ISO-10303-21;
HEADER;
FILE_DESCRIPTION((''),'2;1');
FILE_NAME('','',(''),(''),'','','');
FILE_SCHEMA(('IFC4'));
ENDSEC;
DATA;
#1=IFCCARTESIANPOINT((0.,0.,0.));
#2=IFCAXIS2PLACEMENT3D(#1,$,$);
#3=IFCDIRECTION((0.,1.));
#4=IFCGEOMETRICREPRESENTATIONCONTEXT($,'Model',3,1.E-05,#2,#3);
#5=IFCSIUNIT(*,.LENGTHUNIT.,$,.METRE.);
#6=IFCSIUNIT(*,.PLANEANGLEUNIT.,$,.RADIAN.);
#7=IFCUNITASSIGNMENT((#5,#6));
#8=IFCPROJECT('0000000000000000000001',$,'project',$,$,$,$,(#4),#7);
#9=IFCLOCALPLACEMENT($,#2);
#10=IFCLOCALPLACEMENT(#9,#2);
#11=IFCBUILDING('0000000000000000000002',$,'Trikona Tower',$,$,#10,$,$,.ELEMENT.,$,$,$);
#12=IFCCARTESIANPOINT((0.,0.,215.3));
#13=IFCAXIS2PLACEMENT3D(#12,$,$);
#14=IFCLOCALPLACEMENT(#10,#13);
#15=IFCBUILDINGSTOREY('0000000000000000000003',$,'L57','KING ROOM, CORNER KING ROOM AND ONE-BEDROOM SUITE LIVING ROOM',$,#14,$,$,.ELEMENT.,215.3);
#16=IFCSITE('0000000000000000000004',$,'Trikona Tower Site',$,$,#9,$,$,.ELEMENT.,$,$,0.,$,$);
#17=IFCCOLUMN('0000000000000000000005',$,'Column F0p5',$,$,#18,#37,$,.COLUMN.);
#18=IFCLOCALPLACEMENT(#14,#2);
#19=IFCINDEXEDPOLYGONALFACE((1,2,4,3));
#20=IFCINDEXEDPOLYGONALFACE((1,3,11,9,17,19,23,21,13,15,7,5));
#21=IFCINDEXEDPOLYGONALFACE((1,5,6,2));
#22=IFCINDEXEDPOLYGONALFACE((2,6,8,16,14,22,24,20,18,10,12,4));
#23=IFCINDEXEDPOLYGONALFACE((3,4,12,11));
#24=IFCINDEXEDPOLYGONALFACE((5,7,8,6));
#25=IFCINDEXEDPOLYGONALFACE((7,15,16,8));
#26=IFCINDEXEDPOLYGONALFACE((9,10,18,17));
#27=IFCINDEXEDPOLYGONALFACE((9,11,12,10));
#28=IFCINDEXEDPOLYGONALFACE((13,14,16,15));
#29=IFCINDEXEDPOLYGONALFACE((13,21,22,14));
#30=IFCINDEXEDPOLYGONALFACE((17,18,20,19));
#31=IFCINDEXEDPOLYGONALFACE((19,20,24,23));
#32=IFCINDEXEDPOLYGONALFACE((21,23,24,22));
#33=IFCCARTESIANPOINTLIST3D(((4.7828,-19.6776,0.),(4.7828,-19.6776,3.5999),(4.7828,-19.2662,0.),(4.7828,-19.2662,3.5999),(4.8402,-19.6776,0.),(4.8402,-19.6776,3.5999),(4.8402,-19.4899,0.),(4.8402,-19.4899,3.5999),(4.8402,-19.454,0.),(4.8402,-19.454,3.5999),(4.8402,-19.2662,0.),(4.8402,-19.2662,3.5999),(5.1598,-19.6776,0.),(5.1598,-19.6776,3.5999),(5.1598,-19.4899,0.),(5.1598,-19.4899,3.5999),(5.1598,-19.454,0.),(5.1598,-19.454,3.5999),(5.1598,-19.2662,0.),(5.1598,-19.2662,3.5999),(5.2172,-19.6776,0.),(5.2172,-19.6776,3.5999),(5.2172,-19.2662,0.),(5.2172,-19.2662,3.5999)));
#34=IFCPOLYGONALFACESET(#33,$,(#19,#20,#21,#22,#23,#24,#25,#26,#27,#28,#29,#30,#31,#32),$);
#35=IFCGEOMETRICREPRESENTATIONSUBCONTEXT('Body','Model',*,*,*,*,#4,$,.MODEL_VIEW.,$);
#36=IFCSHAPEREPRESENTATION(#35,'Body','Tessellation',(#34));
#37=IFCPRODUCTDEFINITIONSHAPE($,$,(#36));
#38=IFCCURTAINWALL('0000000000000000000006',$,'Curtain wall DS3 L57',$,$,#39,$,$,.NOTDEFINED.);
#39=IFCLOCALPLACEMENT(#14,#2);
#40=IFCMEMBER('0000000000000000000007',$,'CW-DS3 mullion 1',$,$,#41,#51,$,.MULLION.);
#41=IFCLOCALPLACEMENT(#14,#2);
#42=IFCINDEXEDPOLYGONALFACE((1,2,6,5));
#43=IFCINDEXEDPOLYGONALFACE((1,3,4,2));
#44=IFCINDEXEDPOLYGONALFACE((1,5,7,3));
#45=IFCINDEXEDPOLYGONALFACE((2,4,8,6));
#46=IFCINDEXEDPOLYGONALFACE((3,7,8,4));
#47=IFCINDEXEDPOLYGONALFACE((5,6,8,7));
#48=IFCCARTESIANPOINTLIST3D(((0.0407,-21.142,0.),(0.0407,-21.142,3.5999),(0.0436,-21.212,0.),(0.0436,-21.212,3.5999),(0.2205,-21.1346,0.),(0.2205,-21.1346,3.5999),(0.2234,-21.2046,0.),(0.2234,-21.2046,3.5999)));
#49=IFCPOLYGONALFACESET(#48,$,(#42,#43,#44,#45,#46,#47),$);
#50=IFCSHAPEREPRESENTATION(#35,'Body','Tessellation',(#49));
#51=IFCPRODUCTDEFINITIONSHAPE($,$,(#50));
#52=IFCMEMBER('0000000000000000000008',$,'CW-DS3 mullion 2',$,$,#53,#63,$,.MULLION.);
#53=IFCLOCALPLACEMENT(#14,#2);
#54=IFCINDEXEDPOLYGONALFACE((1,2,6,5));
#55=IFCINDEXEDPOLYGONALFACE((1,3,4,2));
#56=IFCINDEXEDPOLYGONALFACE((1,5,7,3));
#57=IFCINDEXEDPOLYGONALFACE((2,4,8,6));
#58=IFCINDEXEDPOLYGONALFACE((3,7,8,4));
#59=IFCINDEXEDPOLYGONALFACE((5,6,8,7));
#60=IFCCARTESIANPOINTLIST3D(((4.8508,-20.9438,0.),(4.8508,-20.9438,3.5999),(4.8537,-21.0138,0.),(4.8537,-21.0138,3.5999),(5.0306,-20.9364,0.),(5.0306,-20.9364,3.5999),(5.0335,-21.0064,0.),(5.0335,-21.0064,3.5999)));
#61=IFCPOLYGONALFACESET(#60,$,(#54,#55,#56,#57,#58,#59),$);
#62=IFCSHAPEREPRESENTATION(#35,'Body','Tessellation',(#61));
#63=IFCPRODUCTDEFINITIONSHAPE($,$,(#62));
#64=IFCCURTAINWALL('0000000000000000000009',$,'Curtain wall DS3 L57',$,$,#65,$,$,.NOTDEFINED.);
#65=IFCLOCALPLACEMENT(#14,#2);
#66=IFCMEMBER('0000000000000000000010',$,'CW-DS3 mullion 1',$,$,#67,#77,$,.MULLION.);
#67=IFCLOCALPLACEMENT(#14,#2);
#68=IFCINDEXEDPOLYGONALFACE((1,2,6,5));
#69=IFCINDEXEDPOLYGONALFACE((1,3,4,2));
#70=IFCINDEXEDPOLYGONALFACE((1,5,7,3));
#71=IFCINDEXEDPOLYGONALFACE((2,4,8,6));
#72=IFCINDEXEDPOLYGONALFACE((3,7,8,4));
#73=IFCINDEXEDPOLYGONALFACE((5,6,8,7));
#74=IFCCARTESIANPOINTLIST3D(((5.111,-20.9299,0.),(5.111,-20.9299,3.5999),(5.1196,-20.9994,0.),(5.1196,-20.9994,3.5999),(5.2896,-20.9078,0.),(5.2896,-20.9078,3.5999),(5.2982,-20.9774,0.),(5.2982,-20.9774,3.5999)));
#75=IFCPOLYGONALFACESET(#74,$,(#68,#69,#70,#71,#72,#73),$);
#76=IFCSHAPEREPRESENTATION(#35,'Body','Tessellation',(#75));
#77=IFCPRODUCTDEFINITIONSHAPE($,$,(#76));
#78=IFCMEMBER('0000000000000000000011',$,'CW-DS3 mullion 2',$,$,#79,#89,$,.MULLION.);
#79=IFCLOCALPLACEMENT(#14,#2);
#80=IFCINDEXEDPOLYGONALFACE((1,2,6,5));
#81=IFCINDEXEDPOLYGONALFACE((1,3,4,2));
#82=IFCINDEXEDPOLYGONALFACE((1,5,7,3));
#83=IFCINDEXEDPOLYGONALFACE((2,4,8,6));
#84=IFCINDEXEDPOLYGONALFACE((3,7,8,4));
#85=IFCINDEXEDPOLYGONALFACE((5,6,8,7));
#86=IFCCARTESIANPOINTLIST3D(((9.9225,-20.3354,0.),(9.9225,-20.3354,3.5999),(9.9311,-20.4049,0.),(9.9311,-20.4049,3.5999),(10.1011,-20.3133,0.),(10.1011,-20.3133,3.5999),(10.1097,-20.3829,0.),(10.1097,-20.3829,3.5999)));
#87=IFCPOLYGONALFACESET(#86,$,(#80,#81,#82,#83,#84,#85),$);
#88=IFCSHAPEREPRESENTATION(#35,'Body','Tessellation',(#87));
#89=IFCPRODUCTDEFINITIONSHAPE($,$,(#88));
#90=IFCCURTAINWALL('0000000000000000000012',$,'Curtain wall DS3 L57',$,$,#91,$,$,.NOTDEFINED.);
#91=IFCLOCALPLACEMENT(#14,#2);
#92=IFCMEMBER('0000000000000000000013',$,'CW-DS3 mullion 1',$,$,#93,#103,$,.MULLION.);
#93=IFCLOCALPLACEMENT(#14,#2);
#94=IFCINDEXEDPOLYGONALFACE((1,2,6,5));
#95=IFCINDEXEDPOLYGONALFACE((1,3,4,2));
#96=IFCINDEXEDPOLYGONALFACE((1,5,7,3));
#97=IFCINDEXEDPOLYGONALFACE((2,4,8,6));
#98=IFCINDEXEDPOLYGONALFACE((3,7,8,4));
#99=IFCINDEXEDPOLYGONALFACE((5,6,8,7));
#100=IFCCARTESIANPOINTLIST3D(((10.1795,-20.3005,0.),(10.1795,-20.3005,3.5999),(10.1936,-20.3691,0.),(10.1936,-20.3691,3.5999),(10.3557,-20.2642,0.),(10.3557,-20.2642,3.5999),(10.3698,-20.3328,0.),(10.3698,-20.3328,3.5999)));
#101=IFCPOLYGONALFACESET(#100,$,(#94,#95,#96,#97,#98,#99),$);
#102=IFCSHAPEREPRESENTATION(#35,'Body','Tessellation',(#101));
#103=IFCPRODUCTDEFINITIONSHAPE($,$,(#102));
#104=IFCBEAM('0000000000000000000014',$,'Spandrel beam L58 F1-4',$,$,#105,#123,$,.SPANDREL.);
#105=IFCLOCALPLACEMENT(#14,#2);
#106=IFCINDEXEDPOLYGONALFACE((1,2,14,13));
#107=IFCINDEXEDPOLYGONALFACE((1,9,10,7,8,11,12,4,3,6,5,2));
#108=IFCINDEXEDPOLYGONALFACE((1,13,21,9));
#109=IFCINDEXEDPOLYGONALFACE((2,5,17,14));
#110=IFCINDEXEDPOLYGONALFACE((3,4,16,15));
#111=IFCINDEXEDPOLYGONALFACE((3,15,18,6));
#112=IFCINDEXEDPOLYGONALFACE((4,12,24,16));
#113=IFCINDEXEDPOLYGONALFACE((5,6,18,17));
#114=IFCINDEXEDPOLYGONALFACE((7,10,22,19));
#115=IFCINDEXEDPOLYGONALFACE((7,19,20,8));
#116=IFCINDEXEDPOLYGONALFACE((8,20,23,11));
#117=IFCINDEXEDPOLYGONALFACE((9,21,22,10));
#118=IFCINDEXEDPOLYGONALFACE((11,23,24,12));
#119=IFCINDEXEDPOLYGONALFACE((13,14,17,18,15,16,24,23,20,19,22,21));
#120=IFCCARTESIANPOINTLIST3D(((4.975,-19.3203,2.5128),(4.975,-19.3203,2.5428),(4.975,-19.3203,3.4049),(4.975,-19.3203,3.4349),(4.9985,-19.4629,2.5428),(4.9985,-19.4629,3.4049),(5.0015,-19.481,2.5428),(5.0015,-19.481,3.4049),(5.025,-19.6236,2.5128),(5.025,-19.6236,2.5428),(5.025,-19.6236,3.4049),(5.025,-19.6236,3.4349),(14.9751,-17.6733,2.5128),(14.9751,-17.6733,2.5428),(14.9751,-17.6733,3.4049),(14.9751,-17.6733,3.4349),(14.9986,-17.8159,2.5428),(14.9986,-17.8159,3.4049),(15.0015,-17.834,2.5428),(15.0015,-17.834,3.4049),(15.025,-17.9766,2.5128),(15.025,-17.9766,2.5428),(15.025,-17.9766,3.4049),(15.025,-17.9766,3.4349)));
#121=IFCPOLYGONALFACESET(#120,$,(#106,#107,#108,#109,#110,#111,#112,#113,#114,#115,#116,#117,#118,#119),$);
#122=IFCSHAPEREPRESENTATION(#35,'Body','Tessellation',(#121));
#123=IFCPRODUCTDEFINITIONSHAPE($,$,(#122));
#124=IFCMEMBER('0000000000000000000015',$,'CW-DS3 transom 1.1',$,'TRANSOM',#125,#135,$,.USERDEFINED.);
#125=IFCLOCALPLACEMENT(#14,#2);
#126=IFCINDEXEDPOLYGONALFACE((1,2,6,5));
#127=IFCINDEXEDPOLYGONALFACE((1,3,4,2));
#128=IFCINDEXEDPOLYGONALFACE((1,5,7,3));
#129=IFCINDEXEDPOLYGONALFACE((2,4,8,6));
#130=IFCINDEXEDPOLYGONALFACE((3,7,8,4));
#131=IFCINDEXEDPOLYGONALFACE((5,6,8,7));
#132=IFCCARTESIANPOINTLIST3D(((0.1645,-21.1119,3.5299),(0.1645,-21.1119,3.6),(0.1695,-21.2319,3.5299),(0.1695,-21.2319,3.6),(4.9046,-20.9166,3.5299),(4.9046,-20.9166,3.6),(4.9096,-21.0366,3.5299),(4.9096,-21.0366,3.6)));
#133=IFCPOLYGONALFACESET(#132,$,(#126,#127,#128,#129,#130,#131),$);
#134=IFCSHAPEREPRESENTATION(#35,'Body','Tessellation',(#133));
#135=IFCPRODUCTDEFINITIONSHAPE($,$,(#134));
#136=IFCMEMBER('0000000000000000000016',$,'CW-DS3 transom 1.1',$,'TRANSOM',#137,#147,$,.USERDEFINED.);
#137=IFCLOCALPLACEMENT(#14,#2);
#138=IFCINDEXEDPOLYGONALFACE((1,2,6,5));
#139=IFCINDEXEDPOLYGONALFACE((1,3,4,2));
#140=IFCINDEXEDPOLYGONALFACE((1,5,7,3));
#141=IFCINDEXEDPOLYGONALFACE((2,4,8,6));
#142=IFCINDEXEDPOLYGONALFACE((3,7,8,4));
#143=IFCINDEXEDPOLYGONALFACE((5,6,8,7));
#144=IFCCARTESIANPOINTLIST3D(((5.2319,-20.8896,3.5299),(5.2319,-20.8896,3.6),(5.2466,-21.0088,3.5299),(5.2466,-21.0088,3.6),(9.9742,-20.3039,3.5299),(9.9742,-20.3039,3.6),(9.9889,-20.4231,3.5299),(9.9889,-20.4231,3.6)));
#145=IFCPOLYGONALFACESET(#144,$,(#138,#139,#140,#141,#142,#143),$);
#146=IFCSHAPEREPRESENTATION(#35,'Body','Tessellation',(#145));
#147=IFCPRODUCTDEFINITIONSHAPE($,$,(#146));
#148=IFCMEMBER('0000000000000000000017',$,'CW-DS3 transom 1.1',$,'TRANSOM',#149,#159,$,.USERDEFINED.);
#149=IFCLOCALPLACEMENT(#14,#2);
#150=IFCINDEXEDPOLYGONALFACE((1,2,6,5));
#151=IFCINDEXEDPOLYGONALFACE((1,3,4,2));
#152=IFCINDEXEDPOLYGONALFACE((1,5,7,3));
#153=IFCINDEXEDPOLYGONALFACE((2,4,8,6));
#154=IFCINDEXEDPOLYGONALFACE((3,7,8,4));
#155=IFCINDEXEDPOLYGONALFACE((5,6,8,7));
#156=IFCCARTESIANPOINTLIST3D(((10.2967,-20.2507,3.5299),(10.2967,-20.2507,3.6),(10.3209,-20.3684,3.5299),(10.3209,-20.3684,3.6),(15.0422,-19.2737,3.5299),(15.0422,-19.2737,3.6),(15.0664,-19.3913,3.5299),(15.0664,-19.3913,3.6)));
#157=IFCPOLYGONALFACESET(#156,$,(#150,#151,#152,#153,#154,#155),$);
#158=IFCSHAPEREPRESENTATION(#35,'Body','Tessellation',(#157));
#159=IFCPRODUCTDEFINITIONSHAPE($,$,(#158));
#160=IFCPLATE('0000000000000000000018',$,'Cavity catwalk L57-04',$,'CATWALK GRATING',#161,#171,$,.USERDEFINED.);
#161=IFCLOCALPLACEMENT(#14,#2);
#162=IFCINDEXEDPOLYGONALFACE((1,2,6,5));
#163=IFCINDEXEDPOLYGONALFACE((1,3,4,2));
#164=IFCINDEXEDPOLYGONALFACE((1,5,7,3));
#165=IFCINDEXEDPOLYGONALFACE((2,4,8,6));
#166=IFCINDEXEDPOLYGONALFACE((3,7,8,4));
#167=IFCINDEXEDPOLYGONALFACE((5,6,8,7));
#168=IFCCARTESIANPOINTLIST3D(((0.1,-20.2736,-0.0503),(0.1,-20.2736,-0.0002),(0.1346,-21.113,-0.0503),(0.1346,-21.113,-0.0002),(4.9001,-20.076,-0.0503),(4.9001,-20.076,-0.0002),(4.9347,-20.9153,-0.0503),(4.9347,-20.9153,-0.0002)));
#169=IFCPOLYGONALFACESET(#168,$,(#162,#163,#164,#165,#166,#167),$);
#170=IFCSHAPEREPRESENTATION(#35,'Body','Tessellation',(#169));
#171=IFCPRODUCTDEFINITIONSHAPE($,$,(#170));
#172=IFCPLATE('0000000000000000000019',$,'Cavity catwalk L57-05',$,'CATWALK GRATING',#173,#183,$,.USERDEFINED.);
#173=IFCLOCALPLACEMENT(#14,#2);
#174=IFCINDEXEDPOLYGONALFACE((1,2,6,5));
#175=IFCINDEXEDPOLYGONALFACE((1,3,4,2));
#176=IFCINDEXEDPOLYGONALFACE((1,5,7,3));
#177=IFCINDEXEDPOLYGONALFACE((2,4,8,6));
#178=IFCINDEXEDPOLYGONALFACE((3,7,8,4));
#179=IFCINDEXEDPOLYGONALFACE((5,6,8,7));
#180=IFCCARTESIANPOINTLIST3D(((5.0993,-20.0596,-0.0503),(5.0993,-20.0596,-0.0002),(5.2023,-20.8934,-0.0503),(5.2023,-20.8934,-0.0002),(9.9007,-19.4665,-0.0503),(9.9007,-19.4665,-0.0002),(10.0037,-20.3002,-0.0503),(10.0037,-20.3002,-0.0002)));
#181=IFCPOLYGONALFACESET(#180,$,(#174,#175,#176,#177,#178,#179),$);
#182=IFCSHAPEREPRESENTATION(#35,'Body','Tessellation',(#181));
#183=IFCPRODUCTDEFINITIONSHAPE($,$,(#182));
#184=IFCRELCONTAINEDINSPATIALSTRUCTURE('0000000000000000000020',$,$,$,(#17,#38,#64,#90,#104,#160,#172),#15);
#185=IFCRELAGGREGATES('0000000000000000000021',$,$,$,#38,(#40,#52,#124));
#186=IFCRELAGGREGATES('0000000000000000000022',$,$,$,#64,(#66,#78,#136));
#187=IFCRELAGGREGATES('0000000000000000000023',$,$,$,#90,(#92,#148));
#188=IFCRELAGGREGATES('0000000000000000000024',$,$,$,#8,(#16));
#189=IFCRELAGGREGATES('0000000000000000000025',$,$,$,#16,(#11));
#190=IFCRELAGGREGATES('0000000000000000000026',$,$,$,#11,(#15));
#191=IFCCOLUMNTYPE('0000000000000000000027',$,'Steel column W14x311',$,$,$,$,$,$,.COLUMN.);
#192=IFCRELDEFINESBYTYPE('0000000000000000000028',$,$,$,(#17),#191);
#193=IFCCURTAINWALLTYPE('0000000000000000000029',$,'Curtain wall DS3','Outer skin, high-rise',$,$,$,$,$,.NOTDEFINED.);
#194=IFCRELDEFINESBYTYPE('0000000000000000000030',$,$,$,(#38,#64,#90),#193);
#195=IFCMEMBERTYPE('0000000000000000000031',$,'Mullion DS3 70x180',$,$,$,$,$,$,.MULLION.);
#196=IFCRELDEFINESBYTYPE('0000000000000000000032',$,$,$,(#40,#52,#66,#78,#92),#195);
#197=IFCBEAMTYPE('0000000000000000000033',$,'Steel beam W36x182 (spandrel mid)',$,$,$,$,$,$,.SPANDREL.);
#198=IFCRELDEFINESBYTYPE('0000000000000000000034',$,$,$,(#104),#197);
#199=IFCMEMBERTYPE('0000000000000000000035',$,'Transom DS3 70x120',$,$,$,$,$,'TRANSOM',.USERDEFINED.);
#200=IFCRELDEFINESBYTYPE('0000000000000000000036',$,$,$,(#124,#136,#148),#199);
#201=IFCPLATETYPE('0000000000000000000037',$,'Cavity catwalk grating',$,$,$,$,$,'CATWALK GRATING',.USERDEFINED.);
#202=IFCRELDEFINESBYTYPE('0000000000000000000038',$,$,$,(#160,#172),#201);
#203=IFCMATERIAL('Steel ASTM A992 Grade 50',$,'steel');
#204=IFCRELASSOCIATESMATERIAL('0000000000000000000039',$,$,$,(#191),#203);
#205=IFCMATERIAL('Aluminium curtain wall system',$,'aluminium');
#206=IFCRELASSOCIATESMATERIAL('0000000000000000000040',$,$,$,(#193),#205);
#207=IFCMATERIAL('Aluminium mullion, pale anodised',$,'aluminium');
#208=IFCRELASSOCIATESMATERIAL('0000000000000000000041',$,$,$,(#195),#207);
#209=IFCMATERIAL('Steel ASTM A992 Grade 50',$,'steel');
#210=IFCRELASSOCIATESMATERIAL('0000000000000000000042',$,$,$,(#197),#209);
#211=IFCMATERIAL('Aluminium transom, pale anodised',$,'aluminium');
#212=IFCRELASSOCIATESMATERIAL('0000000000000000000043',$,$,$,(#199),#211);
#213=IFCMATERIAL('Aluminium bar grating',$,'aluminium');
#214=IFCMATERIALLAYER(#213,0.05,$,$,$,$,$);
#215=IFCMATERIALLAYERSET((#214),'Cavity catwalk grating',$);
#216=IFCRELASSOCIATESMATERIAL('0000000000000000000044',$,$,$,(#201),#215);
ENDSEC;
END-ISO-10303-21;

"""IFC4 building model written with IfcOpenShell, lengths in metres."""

from ifc_helpers import new_model, si_unit, direction, frame, origin, origin_2d, place, context, subcontext, project, spatial, rectangle, i_section, extrude, material, layer, layer_set, material_profile, profile_set, type_object, element, aggregate, save


model = new_model("IFC4")

# Units and contexts
model_context = context("Model", 3, precision=1e-05, world=origin(), true_north=direction((0.0, 1.0)))
body_context = subcontext(model_context, "Body", "Model", "MODEL_VIEW")
ifc_project = project(units=[si_unit("LENGTHUNIT", "METRE"), si_unit("PLANEANGLEUNIT", "RADIAN")], contexts=[model_context])

# Site, building, storey
site_placement = place(None, origin())
site = spatial("IfcSite", under=ifc_project, at=site_placement, Name="Trikona Tower Site", CompositionType="ELEMENT", RefElevation=0.0)
building_placement = place(site_placement, origin())
building = spatial("IfcBuilding", under=site, at=building_placement, Name="Trikona Tower", CompositionType="ELEMENT")
storey_placement = place(building_placement, frame((0.0, 0.0, 215.3)))
storey = spatial("IfcBuildingStorey", under=building, at=storey_placement, Name="L57", Description="KING ROOM, CORNER KING ROOM AND ONE-BEDROOM SUITE LIVING ROOM", CompositionType="ELEMENT", Elevation=215.3)

# Column
ifc_material_1 = material(Name="Steel ASTM A992 Grade 50", Category="steel")
ifc_material_profile_1 = material_profile(ifc_material_1, i_section(OverallWidth=0.4114, OverallDepth=0.4343, WebThickness=0.0359, FlangeThickness=0.0574, at=origin_2d()), Name="W14X311")
ifc_profile_set_1 = profile_set([ifc_material_profile_1], Name="Steel ASTM A992 Grade 50")
column_type = type_object("IfcColumnType", Name="Steel column W14x311", PredefinedType="COLUMN", material=ifc_profile_set_1)
column_placement = place(storey_placement, frame((5.0, -19.4719, 0.0), z_axis=(0.0, 0.0, 1.0), x_axis=(0.0, -1.0, 0.0)))
element("IfcColumn", 1, at=column_placement, inside=storey, type_object=column_type, Name="Column F0p5", PredefinedType="COLUMN", context=body_context, shape_type="SweptSolid", body=[
    extrude(i_section(OverallWidth=0.4114, OverallDepth=0.4343, WebThickness=0.0359, FlangeThickness=0.0574, at=origin_2d()), origin(), (0.0, 0.0, 1.0), 3.5999),
])

# Curtain walls, members
ifc_material_2 = material(Name="Aluminium curtain wall system", Category="aluminium")
curtain_wall_type = type_object("IfcCurtainWallType", Name="Curtain wall DS3", Description="Outer skin, high-rise", PredefinedType="NOTDEFINED", material=ifc_material_2)
curtain_wall_1_placement = place(storey_placement, origin())
curtain_wall_1 = element("IfcCurtainWall", 2, at=curtain_wall_1_placement, inside=storey, type_object=curtain_wall_type, Name="Curtain wall DS3 L57", PredefinedType="NOTDEFINED")
ifc_material_3 = material(Name="Aluminium mullion, pale anodised", Category="aluminium")
ifc_material_profile_2 = material_profile(ifc_material_3, rectangle(XDim=0.0701, YDim=0.1799, at=origin_2d()), Name="MUL-DS3")
ifc_profile_set_2 = profile_set([ifc_material_profile_2], Name="Aluminium mullion, pale anodised")
member_type_1 = type_object("IfcMemberType", Name="Mullion DS3 70x180", PredefinedType="MULLION", material=ifc_profile_set_2)
member_1_placement = place(storey_placement, frame((0.1321, -21.1733, 0.0), z_axis=(0.0, 0.0, 1.0), x_axis=(-0.041153, 0.999153, 0.0)))
member_1 = element("IfcMember", 3, at=member_1_placement, type_object=member_type_1, Name="CW-DS3 mullion 1", PredefinedType="MULLION", context=body_context, shape_type="SweptSolid", body=[
    extrude(rectangle(XDim=0.0701, YDim=0.1799, at=origin_2d()), origin(), (0.0, 0.0, 1.0), 3.5999),
])
member_2_placement = place(storey_placement, frame((4.9421, -20.9751, 0.0), z_axis=(0.0, 0.0, 1.0), x_axis=(-0.041153, 0.999153, 0.0)))
member_2 = element("IfcMember", 4, at=member_2_placement, type_object=member_type_1, Name="CW-DS3 mullion 2", PredefinedType="MULLION", context=body_context, shape_type="SweptSolid", body=[
    extrude(rectangle(XDim=0.0701, YDim=0.1799, at=origin_2d()), origin(), (0.0, 0.0, 1.0), 3.5999),
])
curtain_wall_2_placement = place(storey_placement, origin())
curtain_wall_2 = element("IfcCurtainWall", 5, at=curtain_wall_2_placement, inside=storey, type_object=curtain_wall_type, Name="Curtain wall DS3 L57", PredefinedType="NOTDEFINED")
member_3_placement = place(storey_placement, frame((5.2046, -20.9536, 0.0), z_axis=(0.0, 0.0, 1.0), x_axis=(-0.122611, 0.992455, 0.0)))
member_3 = element("IfcMember", 6, at=member_3_placement, type_object=member_type_1, Name="CW-DS3 mullion 1", PredefinedType="MULLION", context=body_context, shape_type="SweptSolid", body=[
    extrude(rectangle(XDim=0.0701, YDim=0.1799, at=origin_2d()), origin(), (0.0, 0.0, 1.0), 3.5999),
])
member_4_placement = place(storey_placement, frame((10.0161, -20.3591, 0.0), z_axis=(0.0, 0.0, 1.0), x_axis=(-0.122611, 0.992455, 0.0)))
member_4 = element("IfcMember", 7, at=member_4_placement, type_object=member_type_1, Name="CW-DS3 mullion 2", PredefinedType="MULLION", context=body_context, shape_type="SweptSolid", body=[
    extrude(rectangle(XDim=0.0701, YDim=0.1799, at=origin_2d()), origin(), (0.0, 0.0, 1.0), 3.5999),
])

# Curtain wall, member
curtain_wall_3_placement = place(storey_placement, origin())
curtain_wall_3 = element("IfcCurtainWall", 8, at=curtain_wall_3_placement, inside=storey, type_object=curtain_wall_type, Name="Curtain wall DS3 L57", PredefinedType="NOTDEFINED")
member_5_placement = place(storey_placement, frame((10.2747, -20.3167, 0.0), z_axis=(0.0, 0.0, 1.0), x_axis=(-0.201653, 0.979457, 0.0)))
member_5 = element("IfcMember", 9, at=member_5_placement, type_object=member_type_1, Name="CW-DS3 mullion 1", PredefinedType="MULLION", context=body_context, shape_type="SweptSolid", body=[
    extrude(rectangle(XDim=0.0701, YDim=0.1799, at=origin_2d()), origin(), (0.0, 0.0, 1.0), 3.5999),
])

# Beam
ifc_material_4 = material(Name="Steel ASTM A992 Grade 50", Category="steel")
ifc_material_profile_3 = material_profile(ifc_material_4, i_section(OverallWidth=0.3074, OverallDepth=0.9221, WebThickness=0.0183, FlangeThickness=0.03, at=origin_2d()), Name="W36X182")
ifc_profile_set_3 = profile_set([ifc_material_profile_3], Name="Steel ASTM A992 Grade 50")
beam_type = type_object("IfcBeamType", Name="Steel beam W36x182 (spandrel mid)", PredefinedType="SPANDREL", material=ifc_profile_set_3)
beam_placement = place(storey_placement, frame((5.0, -19.4719, 2.9739), z_axis=(0.986707, 0.162508, 0.0), x_axis=(-0.162508, 0.986707, 0.0)))
element("IfcBeam", 10, at=beam_placement, inside=storey, type_object=beam_type, Name="Spandrel beam L58 F1-4", PredefinedType="SPANDREL", context=body_context, shape_type="SweptSolid", body=[
    extrude(i_section(OverallWidth=0.3074, OverallDepth=0.9221, WebThickness=0.0183, FlangeThickness=0.03, at=origin_2d()), origin(), (0.0, 0.0, 1.0), 10.1348),
])

# Members
ifc_material_5 = material(Name="Aluminium transom, pale anodised", Category="aluminium")
ifc_material_profile_4 = material_profile(ifc_material_5, rectangle(XDim=0.1201, YDim=0.0701, at=origin_2d()), Name="TRN-DS3")
ifc_profile_set_4 = profile_set([ifc_material_profile_4], Name="Aluminium transom, pale anodised")
member_type_2 = type_object("IfcMemberType", Name="Transom DS3 70x120", ElementType="TRANSOM", PredefinedType="USERDEFINED", material=ifc_profile_set_4)
member_6_placement = place(storey_placement, frame((0.167, -21.1719, 3.5649), z_axis=(0.999152, 0.041168, 0.0), x_axis=(-0.041168, 0.999152, 0.0)))
member_6 = element("IfcMember", 11, at=member_6_placement, type_object=member_type_2, Name="CW-DS3 transom 1.1", ObjectType="TRANSOM", PredefinedType="USERDEFINED", context=body_context, shape_type="SweptSolid", body=[
    extrude(rectangle(XDim=0.1201, YDim=0.0701, at=origin_2d()), origin(), (0.0, 0.0, 1.0), 4.7441),
])
member_7_placement = place(storey_placement, frame((5.2393, -20.9492, 3.5649), z_axis=(0.992459, 0.122576, 0.0), x_axis=(-0.122576, 0.992459, 0.0)))
member_7 = element("IfcMember", 12, at=member_7_placement, type_object=member_type_2, Name="CW-DS3 transom 1.1", ObjectType="TRANSOM", PredefinedType="USERDEFINED", context=body_context, shape_type="SweptSolid", body=[
    extrude(rectangle(XDim=0.1201, YDim=0.0701, at=origin_2d()), origin(), (0.0, 0.0, 1.0), 4.7783),
])
member_8_placement = place(storey_placement, frame((10.3088, -20.3096, 3.5649), z_axis=(0.979454, 0.201666, 0.0), x_axis=(-0.201666, 0.979454, 0.0)))
member_8 = element("IfcMember", 13, at=member_8_placement, type_object=member_type_2, Name="CW-DS3 transom 1.1", ObjectType="TRANSOM", PredefinedType="USERDEFINED", context=body_context, shape_type="SweptSolid", body=[
    extrude(rectangle(XDim=0.1201, YDim=0.0701, at=origin_2d()), origin(), (0.0, 0.0, 1.0), 4.845),
])

# Plates
ifc_material_6 = material(Name="Aluminium bar grating", Category="aluminium")
ifc_layer_1 = layer(ifc_material_6, 0.05)
ifc_layer_set_1 = layer_set([ifc_layer_1], Name="Cavity catwalk grating")
plate_type_1 = type_object("IfcPlateType", Name="Cavity catwalk grating", ElementType="CATWALK GRATING", PredefinedType="USERDEFINED", material=ifc_layer_set_1)
plate_1_placement = place(storey_placement, frame((2.5173, -20.5945, -0.0503), z_axis=(0.0, 0.0, 1.0), x_axis=(0.999153, 0.041145, 0.0)))
element("IfcPlate", 14, at=plate_1_placement, inside=storey, type_object=plate_type_1, Name="Cavity catwalk L57-04", ObjectType="CATWALK GRATING", PredefinedType="USERDEFINED", context=body_context, shape_type="SweptSolid", body=[
    extrude(rectangle(XDim=4.8042, YDim=0.8401, at=origin_2d()), origin(), (0.0, 0.0, 1.0), 0.05),
])
plate_2_placement = place(storey_placement, frame((7.5515, -20.1799, -0.0503), z_axis=(0.0, 0.0, 1.0), x_axis=(0.992455, 0.122607, 0.0)))
element("IfcPlate", 15, at=plate_2_placement, inside=storey, type_object=plate_type_1, Name="Cavity catwalk L57-05", ObjectType="CATWALK GRATING", PredefinedType="USERDEFINED", context=body_context, shape_type="SweptSolid", body=[
    extrude(rectangle(XDim=4.8379, YDim=0.8401, at=origin_2d()), origin(), (0.0, 0.0, 1.0), 0.05),
])

aggregate(curtain_wall_1, [member_1, member_2, member_6])
aggregate(curtain_wall_2, [member_3, member_4, member_7])
aggregate(curtain_wall_3, [member_5, member_8])

save(model, "model.ifc")
